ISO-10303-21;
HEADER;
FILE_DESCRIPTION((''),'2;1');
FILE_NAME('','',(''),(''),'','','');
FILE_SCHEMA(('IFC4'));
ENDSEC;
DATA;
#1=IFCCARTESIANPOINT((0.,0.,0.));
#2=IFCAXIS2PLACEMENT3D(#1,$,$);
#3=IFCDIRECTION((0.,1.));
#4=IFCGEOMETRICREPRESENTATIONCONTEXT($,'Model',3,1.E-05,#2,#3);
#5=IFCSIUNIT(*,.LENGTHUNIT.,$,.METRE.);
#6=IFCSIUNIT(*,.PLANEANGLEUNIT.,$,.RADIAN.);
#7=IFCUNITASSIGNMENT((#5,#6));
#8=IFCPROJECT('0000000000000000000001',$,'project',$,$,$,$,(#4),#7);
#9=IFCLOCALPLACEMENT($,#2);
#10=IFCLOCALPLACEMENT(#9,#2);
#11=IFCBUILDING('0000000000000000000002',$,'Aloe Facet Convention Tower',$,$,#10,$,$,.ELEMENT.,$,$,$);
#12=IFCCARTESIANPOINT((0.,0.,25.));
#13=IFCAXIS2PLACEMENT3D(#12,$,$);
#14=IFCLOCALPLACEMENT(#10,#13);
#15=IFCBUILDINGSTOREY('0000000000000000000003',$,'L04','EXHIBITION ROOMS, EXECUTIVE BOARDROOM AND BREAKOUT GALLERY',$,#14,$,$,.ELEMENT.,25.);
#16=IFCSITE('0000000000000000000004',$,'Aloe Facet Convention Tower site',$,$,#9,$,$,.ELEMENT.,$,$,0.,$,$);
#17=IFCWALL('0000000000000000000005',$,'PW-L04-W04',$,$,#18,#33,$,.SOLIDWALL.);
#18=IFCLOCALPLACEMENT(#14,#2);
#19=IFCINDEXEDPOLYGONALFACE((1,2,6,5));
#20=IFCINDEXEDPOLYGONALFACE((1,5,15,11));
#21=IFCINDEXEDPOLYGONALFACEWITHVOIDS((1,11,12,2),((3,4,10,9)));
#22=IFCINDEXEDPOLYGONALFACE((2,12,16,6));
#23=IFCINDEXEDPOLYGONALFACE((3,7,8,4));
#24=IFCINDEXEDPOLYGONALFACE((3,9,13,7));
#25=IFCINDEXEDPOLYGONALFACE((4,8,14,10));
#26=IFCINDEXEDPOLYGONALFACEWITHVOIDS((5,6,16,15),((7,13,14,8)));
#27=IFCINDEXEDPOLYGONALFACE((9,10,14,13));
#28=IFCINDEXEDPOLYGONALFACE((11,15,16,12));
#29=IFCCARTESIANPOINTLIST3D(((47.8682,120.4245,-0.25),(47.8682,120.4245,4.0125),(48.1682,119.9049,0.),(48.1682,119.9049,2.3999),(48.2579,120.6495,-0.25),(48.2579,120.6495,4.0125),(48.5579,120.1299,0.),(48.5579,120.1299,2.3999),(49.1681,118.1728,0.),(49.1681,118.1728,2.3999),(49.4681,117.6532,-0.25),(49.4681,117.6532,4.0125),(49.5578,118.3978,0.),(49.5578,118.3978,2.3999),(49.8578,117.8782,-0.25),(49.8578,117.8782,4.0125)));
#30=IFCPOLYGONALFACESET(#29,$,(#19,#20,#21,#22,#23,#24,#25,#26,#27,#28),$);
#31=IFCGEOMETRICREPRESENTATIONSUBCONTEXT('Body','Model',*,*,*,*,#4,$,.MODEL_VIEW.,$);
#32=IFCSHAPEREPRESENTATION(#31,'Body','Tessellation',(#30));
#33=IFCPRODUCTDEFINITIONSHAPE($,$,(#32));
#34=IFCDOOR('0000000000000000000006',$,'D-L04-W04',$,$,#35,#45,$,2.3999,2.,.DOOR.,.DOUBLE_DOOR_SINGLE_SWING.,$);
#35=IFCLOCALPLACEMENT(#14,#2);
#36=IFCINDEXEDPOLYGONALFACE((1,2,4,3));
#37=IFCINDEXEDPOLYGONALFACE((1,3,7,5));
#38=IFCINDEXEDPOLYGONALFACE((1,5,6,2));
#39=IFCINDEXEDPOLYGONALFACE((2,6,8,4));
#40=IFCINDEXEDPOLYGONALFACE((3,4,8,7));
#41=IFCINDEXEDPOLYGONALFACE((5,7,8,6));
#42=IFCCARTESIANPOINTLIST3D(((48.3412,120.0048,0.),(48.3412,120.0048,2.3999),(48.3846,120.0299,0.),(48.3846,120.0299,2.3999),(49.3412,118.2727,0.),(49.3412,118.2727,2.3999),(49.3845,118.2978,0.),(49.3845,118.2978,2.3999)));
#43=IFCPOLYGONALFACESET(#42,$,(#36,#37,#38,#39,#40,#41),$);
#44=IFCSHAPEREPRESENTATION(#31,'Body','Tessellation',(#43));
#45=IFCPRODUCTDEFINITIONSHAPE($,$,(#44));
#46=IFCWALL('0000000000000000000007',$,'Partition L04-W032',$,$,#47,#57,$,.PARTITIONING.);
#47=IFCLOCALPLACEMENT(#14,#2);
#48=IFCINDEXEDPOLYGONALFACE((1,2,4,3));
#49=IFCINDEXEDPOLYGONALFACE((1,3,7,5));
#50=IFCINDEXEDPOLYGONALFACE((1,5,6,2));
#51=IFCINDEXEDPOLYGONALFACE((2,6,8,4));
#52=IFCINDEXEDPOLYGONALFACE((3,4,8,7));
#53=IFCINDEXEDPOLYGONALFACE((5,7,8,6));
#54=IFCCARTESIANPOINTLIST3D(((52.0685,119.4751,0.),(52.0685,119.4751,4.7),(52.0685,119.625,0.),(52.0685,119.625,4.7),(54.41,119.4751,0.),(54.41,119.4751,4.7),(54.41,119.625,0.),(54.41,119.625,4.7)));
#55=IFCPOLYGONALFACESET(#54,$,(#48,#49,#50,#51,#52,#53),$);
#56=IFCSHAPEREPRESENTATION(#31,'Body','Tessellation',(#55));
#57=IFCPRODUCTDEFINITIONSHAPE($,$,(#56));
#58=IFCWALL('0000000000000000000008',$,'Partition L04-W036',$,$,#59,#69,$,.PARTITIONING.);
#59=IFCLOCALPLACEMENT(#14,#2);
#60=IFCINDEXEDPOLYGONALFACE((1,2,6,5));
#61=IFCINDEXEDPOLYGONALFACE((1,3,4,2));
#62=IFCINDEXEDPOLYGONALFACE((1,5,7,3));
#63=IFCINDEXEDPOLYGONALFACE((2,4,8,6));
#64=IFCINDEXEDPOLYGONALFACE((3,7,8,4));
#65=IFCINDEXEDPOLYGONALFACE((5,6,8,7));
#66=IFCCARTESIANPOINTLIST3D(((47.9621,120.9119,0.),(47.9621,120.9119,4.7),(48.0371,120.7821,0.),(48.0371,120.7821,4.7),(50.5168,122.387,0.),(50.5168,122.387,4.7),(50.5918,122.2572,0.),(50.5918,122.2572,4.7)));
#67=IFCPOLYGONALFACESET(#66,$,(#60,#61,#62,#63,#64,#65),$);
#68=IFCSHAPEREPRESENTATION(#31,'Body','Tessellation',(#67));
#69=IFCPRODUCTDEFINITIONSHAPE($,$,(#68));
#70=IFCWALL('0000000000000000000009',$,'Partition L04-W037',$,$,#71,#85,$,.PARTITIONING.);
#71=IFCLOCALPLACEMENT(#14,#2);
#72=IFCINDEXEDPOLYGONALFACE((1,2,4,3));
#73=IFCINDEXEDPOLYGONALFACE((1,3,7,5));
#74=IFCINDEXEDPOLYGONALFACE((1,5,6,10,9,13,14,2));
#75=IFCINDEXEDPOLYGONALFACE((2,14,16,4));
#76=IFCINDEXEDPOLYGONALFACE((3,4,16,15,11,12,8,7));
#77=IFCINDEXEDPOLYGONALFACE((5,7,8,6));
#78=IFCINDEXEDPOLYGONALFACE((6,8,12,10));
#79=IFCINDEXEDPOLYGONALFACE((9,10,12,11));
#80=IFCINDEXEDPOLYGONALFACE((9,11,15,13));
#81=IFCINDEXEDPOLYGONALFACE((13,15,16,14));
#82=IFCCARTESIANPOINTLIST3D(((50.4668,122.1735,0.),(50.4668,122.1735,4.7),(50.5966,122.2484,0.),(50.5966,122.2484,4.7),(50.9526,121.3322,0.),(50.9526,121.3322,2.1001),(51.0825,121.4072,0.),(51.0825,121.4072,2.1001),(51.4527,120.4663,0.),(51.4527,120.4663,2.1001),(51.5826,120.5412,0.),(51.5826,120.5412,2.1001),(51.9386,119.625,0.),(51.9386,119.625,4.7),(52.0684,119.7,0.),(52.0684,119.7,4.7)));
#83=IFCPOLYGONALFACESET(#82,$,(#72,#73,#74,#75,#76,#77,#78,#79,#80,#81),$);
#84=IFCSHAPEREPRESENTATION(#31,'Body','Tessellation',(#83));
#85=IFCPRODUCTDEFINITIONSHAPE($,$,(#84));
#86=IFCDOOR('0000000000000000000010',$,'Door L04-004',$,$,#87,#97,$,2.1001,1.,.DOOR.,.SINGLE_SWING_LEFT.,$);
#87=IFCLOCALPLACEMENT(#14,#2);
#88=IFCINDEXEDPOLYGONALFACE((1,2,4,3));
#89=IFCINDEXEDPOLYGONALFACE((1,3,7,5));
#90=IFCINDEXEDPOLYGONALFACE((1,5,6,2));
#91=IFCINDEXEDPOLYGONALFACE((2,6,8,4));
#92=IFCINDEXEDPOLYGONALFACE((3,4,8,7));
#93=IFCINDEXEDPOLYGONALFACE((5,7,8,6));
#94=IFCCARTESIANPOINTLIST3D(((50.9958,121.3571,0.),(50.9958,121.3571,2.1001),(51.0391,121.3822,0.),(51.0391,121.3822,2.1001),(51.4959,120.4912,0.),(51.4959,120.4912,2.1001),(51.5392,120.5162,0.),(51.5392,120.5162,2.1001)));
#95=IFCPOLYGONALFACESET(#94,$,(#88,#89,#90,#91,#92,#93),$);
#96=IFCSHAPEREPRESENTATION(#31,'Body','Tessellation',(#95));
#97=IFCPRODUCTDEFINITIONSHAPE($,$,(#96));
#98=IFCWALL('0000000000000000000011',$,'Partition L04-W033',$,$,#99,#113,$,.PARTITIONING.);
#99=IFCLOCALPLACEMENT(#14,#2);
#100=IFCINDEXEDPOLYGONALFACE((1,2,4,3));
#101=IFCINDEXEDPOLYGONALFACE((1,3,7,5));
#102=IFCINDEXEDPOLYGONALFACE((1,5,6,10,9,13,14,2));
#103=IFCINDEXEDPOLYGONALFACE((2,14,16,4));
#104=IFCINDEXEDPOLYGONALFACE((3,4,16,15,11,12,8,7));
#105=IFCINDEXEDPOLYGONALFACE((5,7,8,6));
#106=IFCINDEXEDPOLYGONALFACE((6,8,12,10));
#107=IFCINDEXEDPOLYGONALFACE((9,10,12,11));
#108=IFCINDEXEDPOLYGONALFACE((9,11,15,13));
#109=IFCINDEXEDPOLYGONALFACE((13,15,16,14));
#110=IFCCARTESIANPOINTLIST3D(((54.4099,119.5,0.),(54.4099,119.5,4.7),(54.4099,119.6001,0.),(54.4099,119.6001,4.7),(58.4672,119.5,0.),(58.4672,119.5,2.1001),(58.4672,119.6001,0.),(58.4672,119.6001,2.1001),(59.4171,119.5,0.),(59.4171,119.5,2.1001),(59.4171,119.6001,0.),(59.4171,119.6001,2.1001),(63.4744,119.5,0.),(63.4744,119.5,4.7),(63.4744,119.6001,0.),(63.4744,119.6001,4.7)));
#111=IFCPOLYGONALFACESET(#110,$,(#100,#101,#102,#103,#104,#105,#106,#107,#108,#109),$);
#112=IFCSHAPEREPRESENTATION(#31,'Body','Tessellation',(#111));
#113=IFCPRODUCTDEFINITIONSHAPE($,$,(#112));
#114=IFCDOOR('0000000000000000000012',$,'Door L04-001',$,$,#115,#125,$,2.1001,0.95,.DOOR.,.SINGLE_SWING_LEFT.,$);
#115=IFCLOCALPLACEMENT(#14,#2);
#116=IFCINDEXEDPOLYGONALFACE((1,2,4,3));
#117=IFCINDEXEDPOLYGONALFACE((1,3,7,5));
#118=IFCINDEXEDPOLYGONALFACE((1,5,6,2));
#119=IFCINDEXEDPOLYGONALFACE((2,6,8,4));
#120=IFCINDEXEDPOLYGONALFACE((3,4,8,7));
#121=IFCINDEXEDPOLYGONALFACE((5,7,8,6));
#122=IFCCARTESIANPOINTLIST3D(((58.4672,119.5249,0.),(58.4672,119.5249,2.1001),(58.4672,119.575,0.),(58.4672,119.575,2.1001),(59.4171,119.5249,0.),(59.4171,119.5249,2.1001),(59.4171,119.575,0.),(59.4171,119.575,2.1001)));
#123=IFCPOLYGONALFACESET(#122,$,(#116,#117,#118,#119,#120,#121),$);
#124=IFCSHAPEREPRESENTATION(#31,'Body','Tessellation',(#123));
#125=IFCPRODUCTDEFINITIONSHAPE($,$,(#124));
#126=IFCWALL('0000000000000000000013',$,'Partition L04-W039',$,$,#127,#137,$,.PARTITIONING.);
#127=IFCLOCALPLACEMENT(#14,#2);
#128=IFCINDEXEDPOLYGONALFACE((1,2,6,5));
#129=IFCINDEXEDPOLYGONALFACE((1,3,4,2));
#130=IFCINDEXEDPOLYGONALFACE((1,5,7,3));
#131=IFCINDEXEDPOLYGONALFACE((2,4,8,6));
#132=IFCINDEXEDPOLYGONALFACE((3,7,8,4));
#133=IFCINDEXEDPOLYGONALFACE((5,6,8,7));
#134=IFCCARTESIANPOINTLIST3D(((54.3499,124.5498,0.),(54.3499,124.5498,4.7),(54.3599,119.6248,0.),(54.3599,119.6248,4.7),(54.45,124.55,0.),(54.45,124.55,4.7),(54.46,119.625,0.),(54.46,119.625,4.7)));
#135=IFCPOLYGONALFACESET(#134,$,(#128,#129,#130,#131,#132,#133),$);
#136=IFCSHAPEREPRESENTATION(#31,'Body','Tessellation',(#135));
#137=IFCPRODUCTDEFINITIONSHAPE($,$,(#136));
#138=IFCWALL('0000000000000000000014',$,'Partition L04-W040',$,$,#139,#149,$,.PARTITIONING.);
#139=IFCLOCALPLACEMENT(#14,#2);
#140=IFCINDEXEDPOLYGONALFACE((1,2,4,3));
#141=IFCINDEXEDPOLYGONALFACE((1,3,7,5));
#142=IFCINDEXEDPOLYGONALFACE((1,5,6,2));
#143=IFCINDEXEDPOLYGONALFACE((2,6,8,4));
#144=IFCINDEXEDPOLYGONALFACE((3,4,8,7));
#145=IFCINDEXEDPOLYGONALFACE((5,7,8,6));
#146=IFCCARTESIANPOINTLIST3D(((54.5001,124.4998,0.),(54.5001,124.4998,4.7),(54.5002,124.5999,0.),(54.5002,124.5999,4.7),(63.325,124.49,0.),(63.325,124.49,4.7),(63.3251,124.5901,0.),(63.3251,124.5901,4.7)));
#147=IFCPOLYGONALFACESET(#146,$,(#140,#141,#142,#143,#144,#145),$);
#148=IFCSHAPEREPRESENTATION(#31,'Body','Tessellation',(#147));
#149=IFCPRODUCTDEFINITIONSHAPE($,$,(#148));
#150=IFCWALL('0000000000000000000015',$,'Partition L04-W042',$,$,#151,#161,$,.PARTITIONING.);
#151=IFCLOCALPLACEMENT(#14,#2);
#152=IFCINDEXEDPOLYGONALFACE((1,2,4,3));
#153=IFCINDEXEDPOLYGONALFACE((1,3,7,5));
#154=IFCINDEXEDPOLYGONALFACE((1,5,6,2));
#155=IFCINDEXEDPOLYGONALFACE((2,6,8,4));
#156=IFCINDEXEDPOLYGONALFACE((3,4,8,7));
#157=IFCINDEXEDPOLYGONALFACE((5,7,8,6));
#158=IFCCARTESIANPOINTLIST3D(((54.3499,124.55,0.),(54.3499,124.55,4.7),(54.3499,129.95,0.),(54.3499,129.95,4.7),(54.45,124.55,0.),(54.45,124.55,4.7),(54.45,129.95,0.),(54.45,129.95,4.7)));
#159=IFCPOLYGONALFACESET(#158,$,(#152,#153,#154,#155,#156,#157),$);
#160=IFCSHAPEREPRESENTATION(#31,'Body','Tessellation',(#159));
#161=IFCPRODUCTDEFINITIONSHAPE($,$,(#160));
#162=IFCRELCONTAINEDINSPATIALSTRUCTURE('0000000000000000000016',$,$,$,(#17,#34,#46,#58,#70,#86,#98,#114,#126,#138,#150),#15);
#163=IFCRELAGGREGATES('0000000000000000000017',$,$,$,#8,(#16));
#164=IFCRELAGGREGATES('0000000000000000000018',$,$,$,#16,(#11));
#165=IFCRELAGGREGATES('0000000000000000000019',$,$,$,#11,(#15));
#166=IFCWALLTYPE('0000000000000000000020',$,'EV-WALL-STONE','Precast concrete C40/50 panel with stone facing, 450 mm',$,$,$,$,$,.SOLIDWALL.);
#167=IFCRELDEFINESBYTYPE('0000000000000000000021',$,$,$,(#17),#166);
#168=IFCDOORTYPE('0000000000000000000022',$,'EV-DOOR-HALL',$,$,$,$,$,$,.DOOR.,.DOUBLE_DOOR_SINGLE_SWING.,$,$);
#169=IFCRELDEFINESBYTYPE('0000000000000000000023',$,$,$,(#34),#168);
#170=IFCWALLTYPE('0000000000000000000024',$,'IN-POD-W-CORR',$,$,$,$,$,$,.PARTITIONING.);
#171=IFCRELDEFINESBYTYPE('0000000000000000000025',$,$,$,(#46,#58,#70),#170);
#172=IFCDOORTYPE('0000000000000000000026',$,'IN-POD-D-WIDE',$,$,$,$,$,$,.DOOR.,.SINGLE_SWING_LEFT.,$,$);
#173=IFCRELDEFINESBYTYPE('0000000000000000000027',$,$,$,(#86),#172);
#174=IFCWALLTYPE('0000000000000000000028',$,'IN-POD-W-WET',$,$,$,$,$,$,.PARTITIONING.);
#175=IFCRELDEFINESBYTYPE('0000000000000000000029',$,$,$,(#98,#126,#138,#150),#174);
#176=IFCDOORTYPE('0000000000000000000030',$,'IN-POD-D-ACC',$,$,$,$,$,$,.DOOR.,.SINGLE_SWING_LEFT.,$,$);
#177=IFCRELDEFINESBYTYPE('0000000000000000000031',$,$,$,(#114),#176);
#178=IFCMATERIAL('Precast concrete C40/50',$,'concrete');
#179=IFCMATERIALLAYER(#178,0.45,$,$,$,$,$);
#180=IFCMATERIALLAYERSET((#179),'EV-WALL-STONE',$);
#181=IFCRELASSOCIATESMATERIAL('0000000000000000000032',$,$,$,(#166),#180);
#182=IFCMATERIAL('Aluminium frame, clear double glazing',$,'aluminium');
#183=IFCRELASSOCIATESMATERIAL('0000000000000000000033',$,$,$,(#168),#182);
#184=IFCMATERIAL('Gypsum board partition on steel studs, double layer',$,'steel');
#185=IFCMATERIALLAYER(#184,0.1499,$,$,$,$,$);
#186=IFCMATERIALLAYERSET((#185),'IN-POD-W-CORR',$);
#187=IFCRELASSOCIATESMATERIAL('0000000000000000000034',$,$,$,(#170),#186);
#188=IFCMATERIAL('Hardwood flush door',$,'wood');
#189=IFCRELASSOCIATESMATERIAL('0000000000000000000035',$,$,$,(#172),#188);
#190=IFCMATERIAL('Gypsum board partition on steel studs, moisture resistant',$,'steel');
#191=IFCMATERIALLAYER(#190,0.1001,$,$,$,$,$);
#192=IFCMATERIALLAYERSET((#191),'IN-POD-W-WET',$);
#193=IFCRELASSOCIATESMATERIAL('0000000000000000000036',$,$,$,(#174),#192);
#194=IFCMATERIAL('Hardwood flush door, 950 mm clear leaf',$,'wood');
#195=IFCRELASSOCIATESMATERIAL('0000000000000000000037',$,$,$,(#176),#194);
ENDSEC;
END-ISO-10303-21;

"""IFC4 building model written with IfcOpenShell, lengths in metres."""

from ifc_helpers import new_model, si_unit, direction, frame, frame_2d, origin, place, context, subcontext, project, spatial, rectangle, extrude, material, layer, layer_set, type_object, element, fill, save


model = new_model("IFC4")

# Units and contexts
model_context = context("Model", 3, precision=1e-05, world=origin(), true_north=direction((0.0, 1.0)))
body_context = subcontext(model_context, "Body", "Model", "MODEL_VIEW")
ifc_project = project(units=[si_unit("LENGTHUNIT", "METRE"), si_unit("PLANEANGLEUNIT", "RADIAN")], contexts=[model_context])

# Site, building, storey
site_placement = place(None, origin())
site = spatial("IfcSite", under=ifc_project, at=site_placement, Name="Aloe Facet Convention Tower site", CompositionType="ELEMENT", RefElevation=0.0)
building_placement = place(site_placement, origin())
building = spatial("IfcBuilding", under=site, at=building_placement, Name="Aloe Facet Convention Tower", CompositionType="ELEMENT")
storey_placement = place(building_placement, frame((0.0, 0.0, 25.0)))
storey = spatial("IfcBuildingStorey", under=building, at=storey_placement, Name="L04", Description="EXHIBITION ROOMS, EXECUTIVE BOARDROOM AND BREAKOUT GALLERY", CompositionType="ELEMENT", Elevation=25.0)

# Shared definitions
ifc_material_1 = material(Name="Precast concrete C40/50", Category="concrete")
ifc_layer_1 = layer(ifc_material_1, 0.45)
ifc_layer_set_1 = layer_set([ifc_layer_1], Name="EV-WALL-STONE")
wall_type_1 = type_object("IfcWallType", Name="EV-WALL-STONE", Description="Precast concrete C40/50 panel with stone facing, 450 mm", PredefinedType="SOLIDWALL", material=ifc_layer_set_1)

# Wall, opening, door
wall_1_placement = place(storey_placement, frame((48.063, 120.5371, -0.25), z_axis=(0.0, 0.0, 1.0), x_axis=(0.499971, -0.866042, 0.0)))
wall_1 = element("IfcWall", 1, at=wall_1_placement, inside=storey, type_object=wall_type_1, Name="PW-L04-W04", PredefinedType="SOLIDWALL", context=body_context, shape_type="SweptSolid", body=[
    extrude(rectangle(XDim=3.2, YDim=0.45, at=frame_2d((1.6001, 0.0))), origin(), (0.0, 0.0, 1.0), 4.2625),
])
opening_1_placement = place(wall_1_placement, frame((0.6001, 0.0, 0.25)))
opening_1 = element("IfcOpeningElement", 2, at=opening_1_placement, cuts=wall_1, PredefinedType="OPENING", context=body_context, shape_type="SweptSolid", body=[
    extrude(rectangle(XDim=2.0, YDim=2.3999, at=frame_2d((1.0, 1.2))), frame((0.0, 0.2349, 0.0), z_axis=(0.0, -1.0, 0.0), x_axis=(1.0, 0.0, 0.0)), (0.0, 0.0, 1.0), 0.47),
])
ifc_material_2 = material(Name="Aluminium frame, clear double glazing", Category="aluminium")
door_type_1 = type_object("IfcDoorType", Name="EV-DOOR-HALL", OperationType="DOUBLE_DOOR_SINGLE_SWING", PredefinedType="DOOR", material=ifc_material_2)
door_1_placement = place(opening_1_placement, origin())
door_1 = element("IfcDoor", 3, at=door_1_placement, inside=storey, type_object=door_type_1, Name="D-L04-W04", OperationType="DOUBLE_DOOR_SINGLE_SWING", OverallHeight=2.3999, OverallWidth=2.0, PredefinedType="DOOR", context=body_context, shape_type="SweptSolid", body=[
    extrude(rectangle(XDim=2.0, YDim=2.3999, at=frame_2d((1.0, 1.2))), frame((0.0, 0.0249, 0.0), z_axis=(0.0, -1.0, 0.0), x_axis=(1.0, 0.0, 0.0)), (0.0, 0.0, 1.0), 0.05),
])
fill(opening_1, door_1)

# Walls
ifc_material_3 = material(Name="Gypsum board partition on steel studs, double layer", Category="steel")
ifc_layer_2 = layer(ifc_material_3, 0.1499)
ifc_layer_set_2 = layer_set([ifc_layer_2], Name="IN-POD-W-CORR")
wall_type_2 = type_object("IfcWallType", Name="IN-POD-W-CORR", PredefinedType="PARTITIONING", material=ifc_layer_set_2)
wall_2_placement = place(storey_placement, frame((52.0684, 119.55, 0.0), z_axis=(0.0, 0.0, 1.0), x_axis=(1.0, 0.0, 0.0)))
element("IfcWall", 4, at=wall_2_placement, inside=storey, type_object=wall_type_2, Name="Partition L04-W032", PredefinedType="PARTITIONING", context=body_context, shape_type="SweptSolid", body=[
    extrude(rectangle(XDim=2.3416, YDim=0.1499, at=frame_2d((1.1709, 0.0))), origin(), (0.0, 0.0, 1.0), 4.7),
])
wall_3_placement = place(storey_placement, frame((47.9995, 120.8469, 0.0), z_axis=(0.0, 0.0, 1.0), x_axis=(0.866004, 0.500038, 0.0)))
element("IfcWall", 5, at=wall_3_placement, inside=storey, type_object=wall_type_2, Name="Partition L04-W036", PredefinedType="PARTITIONING", context=body_context, shape_type="SweptSolid", body=[
    extrude(rectangle(XDim=2.95, YDim=0.1499, at=frame_2d((1.4751, 0.0))), origin(), (0.0, 0.0, 1.0), 4.7),
])

# Walls, openings, doors
wall_4_placement = place(storey_placement, frame((50.5317, 122.2109, 0.0), z_axis=(0.0, 0.0, 1.0), x_axis=(0.500101, -0.865967, 0.0)))
wall_4 = element("IfcWall", 6, at=wall_4_placement, inside=storey, type_object=wall_type_2, Name="Partition L04-W037", PredefinedType="PARTITIONING", context=body_context, shape_type="SweptSolid", body=[
    extrude(rectangle(XDim=2.9429, YDim=0.1499, at=frame_2d((1.4714, 0.0))), origin(), (0.0, 0.0, 1.0), 4.7),
])
opening_2_placement = place(wall_4_placement, frame((0.9714, 0.0, 0.0)))
opening_2 = element("IfcOpeningElement", 7, at=opening_2_placement, cuts=wall_4, PredefinedType="OPENING", context=body_context, shape_type="SweptSolid", body=[
    extrude(rectangle(XDim=1.0, YDim=2.1001, at=frame_2d((0.5, 1.05))), frame((0.0, 0.085, 0.0), z_axis=(0.0, -1.0, 0.0), x_axis=(1.0, 0.0, 0.0)), (0.0, 0.0, 1.0), 0.1699),
])
ifc_material_4 = material(Name="Hardwood flush door", Category="wood")
door_type_2 = type_object("IfcDoorType", Name="IN-POD-D-WIDE", OperationType="SINGLE_SWING_LEFT", PredefinedType="DOOR", material=ifc_material_4)
door_2_placement = place(opening_2_placement, origin())
door_2 = element("IfcDoor", 8, at=door_2_placement, inside=storey, type_object=door_type_2, Name="Door L04-004", OperationType="SINGLE_SWING_LEFT", OverallHeight=2.1001, OverallWidth=1.0, PredefinedType="DOOR", context=body_context, shape_type="SweptSolid", body=[
    extrude(rectangle(XDim=1.0, YDim=2.1001, at=frame_2d((0.5, 1.05))), frame((0.0, 0.0249, 0.0), z_axis=(0.0, -1.0, 0.0), x_axis=(1.0, 0.0, 0.0)), (0.0, 0.0, 1.0), 0.05),
])
fill(opening_2, door_2)
ifc_material_5 = material(Name="Gypsum board partition on steel studs, moisture resistant", Category="steel")
ifc_layer_3 = layer(ifc_material_5, 0.1001)
ifc_layer_set_3 = layer_set([ifc_layer_3], Name="IN-POD-W-WET")
wall_type_3 = type_object("IfcWallType", Name="IN-POD-W-WET", PredefinedType="PARTITIONING", material=ifc_layer_set_3)
wall_5_placement = place(storey_placement, frame((54.4099, 119.55, 0.0), z_axis=(0.0, 0.0, 1.0), x_axis=(1.0, 0.0, 0.0)))
wall_5 = element("IfcWall", 9, at=wall_5_placement, inside=storey, type_object=wall_type_3, Name="Partition L04-W033", PredefinedType="PARTITIONING", context=body_context, shape_type="SweptSolid", body=[
    extrude(rectangle(XDim=9.0645, YDim=0.1001, at=frame_2d((4.5322, 0.0))), origin(), (0.0, 0.0, 1.0), 4.7),
])
opening_3_placement = place(wall_5_placement, frame((4.0571, 0.0, 0.0)))
opening_3 = element("IfcOpeningElement", 10, at=opening_3_placement, cuts=wall_5, PredefinedType="OPENING", context=body_context, shape_type="SweptSolid", body=[
    extrude(rectangle(XDim=0.95, YDim=2.1001, at=frame_2d((0.4751, 1.05))), frame((0.0, 0.0601, 0.0), z_axis=(0.0, -1.0, 0.0), x_axis=(1.0, 0.0, 0.0)), (0.0, 0.0, 1.0), 0.1201),
])
ifc_material_6 = material(Name="Hardwood flush door, 950 mm clear leaf", Category="wood")
door_type_3 = type_object("IfcDoorType", Name="IN-POD-D-ACC", OperationType="SINGLE_SWING_LEFT", PredefinedType="DOOR", material=ifc_material_6)
door_3_placement = place(opening_3_placement, origin())
door_3 = element("IfcDoor", 11, at=door_3_placement, inside=storey, type_object=door_type_3, Name="Door L04-001", OperationType="SINGLE_SWING_LEFT", OverallHeight=2.1001, OverallWidth=0.95, PredefinedType="DOOR", context=body_context, shape_type="SweptSolid", body=[
    extrude(rectangle(XDim=0.95, YDim=2.1001, at=frame_2d((0.4751, 1.05))), frame((0.0, 0.0249, 0.0), z_axis=(0.0, -1.0, 0.0), x_axis=(1.0, 0.0, 0.0)), (0.0, 0.0, 1.0), 0.05),
])
fill(opening_3, door_3)

# Walls
wall_6_placement = place(storey_placement, frame((54.4099, 119.625, 0.0), z_axis=(0.0, 0.0, 1.0), x_axis=(-0.002032, 0.999998, 0.0)))
element("IfcWall", 12, at=wall_6_placement, inside=storey, type_object=wall_type_3, Name="Partition L04-W039", PredefinedType="PARTITIONING", context=body_context, shape_type="SweptSolid", body=[
    extrude(rectangle(XDim=4.925, YDim=0.1001, at=frame_2d((2.4624, 0.0))), origin(), (0.0, 0.0, 1.0), 4.7),
])
wall_7_placement = place(storey_placement, frame((54.5, 124.5498, 0.0), z_axis=(0.0, 0.0, 1.0), x_axis=(0.999999, -0.001107, 0.0)))
element("IfcWall", 13, at=wall_7_placement, inside=storey, type_object=wall_type_3, Name="Partition L04-W040", PredefinedType="PARTITIONING", context=body_context, shape_type="SweptSolid", body=[
    extrude(rectangle(XDim=8.825, YDim=0.1001, at=frame_2d((4.4126, 0.0))), origin(), (0.0, 0.0, 1.0), 4.7),
])
wall_8_placement = place(storey_placement, frame((54.3999, 124.55, 0.0), z_axis=(0.0, 0.0, 1.0), x_axis=(0.0, 1.0, 0.0)))
element("IfcWall", 14, at=wall_8_placement, inside=storey, type_object=wall_type_3, Name="Partition L04-W042", PredefinedType="PARTITIONING", context=body_context, shape_type="SweptSolid", body=[
    extrude(rectangle(XDim=5.3999, YDim=0.1001, at=frame_2d((2.7, 0.0))), origin(), (0.0, 0.0, 1.0), 4.7),
])

save(model, "model.ifc")
